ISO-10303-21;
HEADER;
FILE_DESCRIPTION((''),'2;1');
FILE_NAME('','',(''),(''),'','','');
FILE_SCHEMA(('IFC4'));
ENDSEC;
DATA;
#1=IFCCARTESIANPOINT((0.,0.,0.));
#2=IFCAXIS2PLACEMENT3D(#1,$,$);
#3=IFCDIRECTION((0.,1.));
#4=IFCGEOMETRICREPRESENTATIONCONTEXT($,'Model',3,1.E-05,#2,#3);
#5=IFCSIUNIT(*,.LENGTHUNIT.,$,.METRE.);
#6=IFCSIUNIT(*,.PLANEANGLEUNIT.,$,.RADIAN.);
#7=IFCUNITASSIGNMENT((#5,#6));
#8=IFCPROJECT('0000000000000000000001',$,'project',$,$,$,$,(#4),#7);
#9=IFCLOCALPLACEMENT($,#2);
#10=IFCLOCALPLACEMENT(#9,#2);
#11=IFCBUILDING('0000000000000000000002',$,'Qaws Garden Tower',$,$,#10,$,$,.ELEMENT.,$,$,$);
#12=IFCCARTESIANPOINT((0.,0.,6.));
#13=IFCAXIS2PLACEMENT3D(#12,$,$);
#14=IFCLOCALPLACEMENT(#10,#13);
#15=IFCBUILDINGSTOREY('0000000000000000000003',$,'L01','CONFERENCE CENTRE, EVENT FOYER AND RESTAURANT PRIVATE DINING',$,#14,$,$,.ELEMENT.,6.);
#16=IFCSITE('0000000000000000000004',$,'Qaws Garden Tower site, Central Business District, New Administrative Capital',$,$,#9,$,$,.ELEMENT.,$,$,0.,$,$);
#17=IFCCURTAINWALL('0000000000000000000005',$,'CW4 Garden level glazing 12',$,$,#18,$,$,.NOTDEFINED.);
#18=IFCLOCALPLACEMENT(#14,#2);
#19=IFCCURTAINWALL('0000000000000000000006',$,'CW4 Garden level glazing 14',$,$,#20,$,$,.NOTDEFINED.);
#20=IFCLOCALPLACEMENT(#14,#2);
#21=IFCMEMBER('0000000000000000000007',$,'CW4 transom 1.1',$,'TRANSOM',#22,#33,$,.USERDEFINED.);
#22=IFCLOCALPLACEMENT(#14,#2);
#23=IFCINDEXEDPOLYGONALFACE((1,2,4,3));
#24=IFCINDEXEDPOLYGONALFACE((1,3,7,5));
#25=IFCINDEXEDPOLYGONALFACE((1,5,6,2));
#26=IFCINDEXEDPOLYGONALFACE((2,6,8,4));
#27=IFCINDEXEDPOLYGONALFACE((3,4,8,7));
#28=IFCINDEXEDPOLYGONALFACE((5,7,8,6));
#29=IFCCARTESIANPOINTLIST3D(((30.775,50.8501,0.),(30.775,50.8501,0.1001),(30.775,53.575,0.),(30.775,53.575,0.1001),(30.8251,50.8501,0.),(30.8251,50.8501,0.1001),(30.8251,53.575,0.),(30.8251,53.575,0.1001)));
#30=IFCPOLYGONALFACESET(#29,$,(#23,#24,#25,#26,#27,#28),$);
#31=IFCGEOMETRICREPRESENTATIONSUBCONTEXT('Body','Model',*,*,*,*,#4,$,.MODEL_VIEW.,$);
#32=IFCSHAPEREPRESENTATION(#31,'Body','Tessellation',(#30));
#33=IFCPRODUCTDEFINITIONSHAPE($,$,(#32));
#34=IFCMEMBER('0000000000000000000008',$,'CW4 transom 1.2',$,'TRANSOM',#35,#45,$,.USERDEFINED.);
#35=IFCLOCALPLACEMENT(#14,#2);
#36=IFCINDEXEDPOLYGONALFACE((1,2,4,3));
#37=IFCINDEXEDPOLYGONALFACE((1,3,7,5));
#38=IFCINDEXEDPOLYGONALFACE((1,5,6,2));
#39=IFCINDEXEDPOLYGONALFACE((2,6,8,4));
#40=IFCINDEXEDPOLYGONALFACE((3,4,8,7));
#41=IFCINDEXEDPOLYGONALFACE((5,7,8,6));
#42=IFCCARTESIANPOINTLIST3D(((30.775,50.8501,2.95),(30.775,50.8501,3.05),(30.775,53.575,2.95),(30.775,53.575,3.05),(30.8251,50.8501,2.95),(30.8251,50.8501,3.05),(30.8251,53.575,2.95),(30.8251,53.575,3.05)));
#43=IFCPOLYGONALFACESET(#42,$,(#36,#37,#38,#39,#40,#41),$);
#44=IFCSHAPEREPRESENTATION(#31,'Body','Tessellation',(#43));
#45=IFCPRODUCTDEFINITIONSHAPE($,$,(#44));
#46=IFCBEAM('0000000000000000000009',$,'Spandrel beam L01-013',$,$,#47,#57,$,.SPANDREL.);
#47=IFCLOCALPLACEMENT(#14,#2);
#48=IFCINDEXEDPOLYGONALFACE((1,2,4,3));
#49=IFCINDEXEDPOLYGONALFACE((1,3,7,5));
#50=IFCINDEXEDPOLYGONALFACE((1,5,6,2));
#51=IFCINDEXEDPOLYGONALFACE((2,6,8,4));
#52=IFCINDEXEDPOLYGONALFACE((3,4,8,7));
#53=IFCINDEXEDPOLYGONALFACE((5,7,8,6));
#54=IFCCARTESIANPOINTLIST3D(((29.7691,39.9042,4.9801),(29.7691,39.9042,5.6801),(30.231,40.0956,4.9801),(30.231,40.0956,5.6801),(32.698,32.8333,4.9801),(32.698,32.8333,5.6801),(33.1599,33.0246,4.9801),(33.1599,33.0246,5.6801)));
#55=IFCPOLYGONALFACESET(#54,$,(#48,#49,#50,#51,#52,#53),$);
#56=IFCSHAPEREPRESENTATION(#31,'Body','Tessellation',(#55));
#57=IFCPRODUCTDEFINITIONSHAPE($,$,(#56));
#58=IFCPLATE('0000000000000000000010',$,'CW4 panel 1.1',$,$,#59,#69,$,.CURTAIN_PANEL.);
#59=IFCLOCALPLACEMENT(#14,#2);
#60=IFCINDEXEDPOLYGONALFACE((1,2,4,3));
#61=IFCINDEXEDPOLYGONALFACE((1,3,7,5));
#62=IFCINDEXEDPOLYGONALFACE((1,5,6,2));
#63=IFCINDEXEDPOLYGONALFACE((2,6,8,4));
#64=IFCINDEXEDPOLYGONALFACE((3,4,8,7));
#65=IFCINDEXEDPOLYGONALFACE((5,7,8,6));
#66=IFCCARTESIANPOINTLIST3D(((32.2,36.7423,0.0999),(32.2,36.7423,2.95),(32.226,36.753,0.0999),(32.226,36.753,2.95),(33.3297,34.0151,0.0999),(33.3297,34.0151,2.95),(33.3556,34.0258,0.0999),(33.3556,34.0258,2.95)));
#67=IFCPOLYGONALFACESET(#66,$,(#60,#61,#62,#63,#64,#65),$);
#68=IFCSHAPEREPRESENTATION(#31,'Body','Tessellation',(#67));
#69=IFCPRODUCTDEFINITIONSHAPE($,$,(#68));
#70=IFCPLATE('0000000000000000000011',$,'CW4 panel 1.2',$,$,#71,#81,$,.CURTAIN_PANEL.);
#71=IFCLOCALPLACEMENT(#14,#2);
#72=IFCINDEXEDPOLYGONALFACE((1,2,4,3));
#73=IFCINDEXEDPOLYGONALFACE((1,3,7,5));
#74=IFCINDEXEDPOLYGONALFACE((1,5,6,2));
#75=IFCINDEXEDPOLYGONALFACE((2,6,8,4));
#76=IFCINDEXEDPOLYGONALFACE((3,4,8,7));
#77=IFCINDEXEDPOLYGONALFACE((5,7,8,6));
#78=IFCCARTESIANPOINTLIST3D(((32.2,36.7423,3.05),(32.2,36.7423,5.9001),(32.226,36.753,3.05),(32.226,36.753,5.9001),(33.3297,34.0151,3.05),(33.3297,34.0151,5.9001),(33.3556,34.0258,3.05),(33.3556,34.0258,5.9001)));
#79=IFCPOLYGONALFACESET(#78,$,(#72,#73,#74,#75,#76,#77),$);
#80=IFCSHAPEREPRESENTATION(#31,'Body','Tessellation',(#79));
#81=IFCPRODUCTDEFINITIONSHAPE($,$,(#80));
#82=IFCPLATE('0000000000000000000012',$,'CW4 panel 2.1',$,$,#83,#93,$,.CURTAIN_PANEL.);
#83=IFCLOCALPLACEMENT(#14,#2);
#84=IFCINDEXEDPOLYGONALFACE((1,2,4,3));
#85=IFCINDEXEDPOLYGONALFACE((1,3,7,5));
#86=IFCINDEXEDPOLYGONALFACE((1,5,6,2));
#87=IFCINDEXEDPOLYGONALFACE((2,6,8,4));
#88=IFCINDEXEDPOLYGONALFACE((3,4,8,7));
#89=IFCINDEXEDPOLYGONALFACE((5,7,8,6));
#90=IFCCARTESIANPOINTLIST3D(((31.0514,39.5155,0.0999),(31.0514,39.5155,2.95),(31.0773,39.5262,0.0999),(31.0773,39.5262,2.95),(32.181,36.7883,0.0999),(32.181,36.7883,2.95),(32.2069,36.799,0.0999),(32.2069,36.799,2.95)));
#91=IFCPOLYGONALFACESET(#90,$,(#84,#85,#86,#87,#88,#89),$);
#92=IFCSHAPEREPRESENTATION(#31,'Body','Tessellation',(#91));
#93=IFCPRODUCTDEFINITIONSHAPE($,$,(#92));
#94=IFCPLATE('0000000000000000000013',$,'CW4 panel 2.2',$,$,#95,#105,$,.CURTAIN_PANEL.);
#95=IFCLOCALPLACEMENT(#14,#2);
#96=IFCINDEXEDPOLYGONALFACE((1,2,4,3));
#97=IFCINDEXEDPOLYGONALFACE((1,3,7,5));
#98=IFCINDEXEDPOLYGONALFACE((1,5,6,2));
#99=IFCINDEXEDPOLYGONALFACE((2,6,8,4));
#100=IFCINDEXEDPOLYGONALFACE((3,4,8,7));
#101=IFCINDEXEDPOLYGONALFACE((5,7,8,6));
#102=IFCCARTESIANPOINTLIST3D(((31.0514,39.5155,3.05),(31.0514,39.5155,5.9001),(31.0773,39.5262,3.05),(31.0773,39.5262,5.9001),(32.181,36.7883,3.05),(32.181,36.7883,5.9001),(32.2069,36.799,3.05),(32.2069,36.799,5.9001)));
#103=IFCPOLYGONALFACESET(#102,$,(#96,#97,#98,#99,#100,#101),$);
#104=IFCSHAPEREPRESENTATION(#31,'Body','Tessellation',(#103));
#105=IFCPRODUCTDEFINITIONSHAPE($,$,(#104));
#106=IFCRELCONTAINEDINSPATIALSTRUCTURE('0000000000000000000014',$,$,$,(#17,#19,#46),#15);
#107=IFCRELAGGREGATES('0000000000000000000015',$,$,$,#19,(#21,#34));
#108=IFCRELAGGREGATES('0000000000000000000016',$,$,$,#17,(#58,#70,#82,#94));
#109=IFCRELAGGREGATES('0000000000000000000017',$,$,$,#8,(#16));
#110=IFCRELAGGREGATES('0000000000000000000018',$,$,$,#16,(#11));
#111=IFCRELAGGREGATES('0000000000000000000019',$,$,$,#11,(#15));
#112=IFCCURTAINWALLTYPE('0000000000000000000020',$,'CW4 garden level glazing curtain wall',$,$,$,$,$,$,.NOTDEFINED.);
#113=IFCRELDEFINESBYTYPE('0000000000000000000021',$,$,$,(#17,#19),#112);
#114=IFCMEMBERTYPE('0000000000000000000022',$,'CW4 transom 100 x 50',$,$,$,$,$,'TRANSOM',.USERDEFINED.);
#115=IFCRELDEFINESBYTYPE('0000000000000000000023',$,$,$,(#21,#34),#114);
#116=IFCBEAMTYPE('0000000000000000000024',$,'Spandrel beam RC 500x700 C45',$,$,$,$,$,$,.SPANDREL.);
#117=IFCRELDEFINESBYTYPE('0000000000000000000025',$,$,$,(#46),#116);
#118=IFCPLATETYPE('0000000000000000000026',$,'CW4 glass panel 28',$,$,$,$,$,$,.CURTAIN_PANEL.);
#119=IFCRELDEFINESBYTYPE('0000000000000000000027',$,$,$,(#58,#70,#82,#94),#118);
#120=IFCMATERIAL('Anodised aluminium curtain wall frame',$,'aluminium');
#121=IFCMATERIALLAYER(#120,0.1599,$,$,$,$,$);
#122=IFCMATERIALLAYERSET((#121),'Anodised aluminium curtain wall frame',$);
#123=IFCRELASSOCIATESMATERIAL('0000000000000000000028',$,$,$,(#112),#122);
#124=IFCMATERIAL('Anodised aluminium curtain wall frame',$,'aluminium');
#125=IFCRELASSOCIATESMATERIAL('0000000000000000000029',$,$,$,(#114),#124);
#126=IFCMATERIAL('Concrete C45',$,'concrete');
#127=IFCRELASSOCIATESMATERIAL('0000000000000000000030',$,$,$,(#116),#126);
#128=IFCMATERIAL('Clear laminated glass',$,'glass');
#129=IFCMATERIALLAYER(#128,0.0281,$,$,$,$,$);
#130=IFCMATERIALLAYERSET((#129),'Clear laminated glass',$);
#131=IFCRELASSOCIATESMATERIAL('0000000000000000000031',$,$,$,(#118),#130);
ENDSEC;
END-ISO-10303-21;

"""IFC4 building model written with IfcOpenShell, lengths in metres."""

from ifc_helpers import new_model, si_unit, direction, frame, origin, origin_2d, place, context, subcontext, project, spatial, rectangle, extrude, material, layer, layer_set, material_profile, profile_set, type_object, element, aggregate, save


model = new_model("IFC4")

# Units and contexts
model_context = context("Model", 3, precision=1e-05, world=origin(), true_north=direction((0.0, 1.0)))
body_context = subcontext(model_context, "Body", "Model", "MODEL_VIEW")
ifc_project = project(units=[si_unit("LENGTHUNIT", "METRE"), si_unit("PLANEANGLEUNIT", "RADIAN")], contexts=[model_context])

# Site, building, storey
site_placement = place(None, origin())
site = spatial("IfcSite", under=ifc_project, at=site_placement, Name="Qaws Garden Tower site, Central Business District, New Administrative Capital", CompositionType="ELEMENT", RefElevation=0.0)
building_placement = place(site_placement, origin())
building = spatial("IfcBuilding", under=site, at=building_placement, Name="Qaws Garden Tower", CompositionType="ELEMENT")
storey_placement = place(building_placement, frame((0.0, 0.0, 6.0)))
storey = spatial("IfcBuildingStorey", under=building, at=storey_placement, Name="L01", Description="CONFERENCE CENTRE, EVENT FOYER AND RESTAURANT PRIVATE DINING", CompositionType="ELEMENT", Elevation=6.0)

# Curtain wall
ifc_material_1 = material(Name="Anodised aluminium curtain wall frame", Category="aluminium")
ifc_layer_1 = layer(ifc_material_1, 0.1599)
ifc_layer_set_1 = layer_set([ifc_layer_1], Name="Anodised aluminium curtain wall frame")
curtain_wall_type = type_object("IfcCurtainWallType", Name="CW4 garden level glazing curtain wall", PredefinedType="NOTDEFINED", material=ifc_layer_set_1)
placement = place(storey_placement, origin())
curtain_wall_1 = element("IfcCurtainWall", 1, at=placement, inside=storey, type_object=curtain_wall_type, Name="CW4 Garden level glazing 12", PredefinedType="NOTDEFINED")

# Curtain wall
curtain_wall_2 = element("IfcCurtainWall", 2, at=placement, inside=storey, type_object=curtain_wall_type, Name="CW4 Garden level glazing 14", PredefinedType="NOTDEFINED")

# Members
ifc_material_2 = material(Name="Anodised aluminium curtain wall frame", Category="aluminium")
ifc_material_profile_1 = material_profile(ifc_material_2, rectangle(XDim=0.05, YDim=0.1001, at=origin_2d()), Name="AL 50x100")
ifc_profile_set_1 = profile_set([ifc_material_profile_1], Name="Anodised aluminium curtain wall frame")
member_type_1 = type_object("IfcMemberType", Name="CW4 transom 100 x 50", ElementType="TRANSOM", PredefinedType="USERDEFINED", material=ifc_profile_set_1)
member_1_placement = place(storey_placement, frame((30.8, 50.8501, 0.05), z_axis=(0.0, 1.0, 0.0), x_axis=(-1.0, 0.0, 0.0)))
member_1 = element("IfcMember", 3, at=member_1_placement, type_object=member_type_1, Name="CW4 transom 1.1", ObjectType="TRANSOM", PredefinedType="USERDEFINED", context=body_context, shape_type="SweptSolid", body=[
    extrude(rectangle(XDim=0.05, YDim=0.1001, at=origin_2d()), origin(), (0.0, 0.0, 1.0), 2.7249),
])
member_2_placement = place(storey_placement, frame((30.8, 50.8501, 3.0), z_axis=(0.0, 1.0, 0.0), x_axis=(-1.0, 0.0, 0.0)))
member_2 = element("IfcMember", 4, at=member_2_placement, type_object=member_type_1, Name="CW4 transom 1.2", ObjectType="TRANSOM", PredefinedType="USERDEFINED", context=body_context, shape_type="SweptSolid", body=[
    extrude(rectangle(XDim=0.05, YDim=0.1001, at=origin_2d()), origin(), (0.0, 0.0, 1.0), 2.7249),
])
aggregate(curtain_wall_2, [member_1, member_2])

# Beam
ifc_material_3 = material(Name="Concrete C45", Category="concrete")
ifc_material_profile_2 = material_profile(ifc_material_3, rectangle(XDim=0.5, YDim=0.7, at=origin_2d()), Name="RC 500x700")
ifc_profile_set_2 = profile_set([ifc_material_profile_2], Name="Concrete C45")
beam_type = type_object("IfcBeamType", Name="Spandrel beam RC 500x700 C45", PredefinedType="SPANDREL", material=ifc_profile_set_2)
beam_placement = place(storey_placement, frame((32.929, 32.929, 5.3301), z_axis=(-0.382687, 0.923878, 0.0), x_axis=(-0.923878, -0.382687, 0.0)))
element("IfcBeam", 5, at=beam_placement, inside=storey, type_object=beam_type, Name="Spandrel beam L01-013", PredefinedType="SPANDREL", context=body_context, shape_type="SweptSolid", body=[
    extrude(rectangle(XDim=0.5, YDim=0.7, at=origin_2d()), origin(), (0.0, 0.0, 1.0), 7.6536),
])

# Plates
ifc_material_4 = material(Name="Clear laminated glass", Category="glass")
ifc_layer_2 = layer(ifc_material_4, 0.0281)
ifc_layer_set_2 = layer_set([ifc_layer_2], Name="Clear laminated glass")
plate_type = type_object("IfcPlateType", Name="CW4 glass panel 28", PredefinedType="CURTAIN_PANEL", material=ifc_layer_set_2)
plate_1_placement = place(storey_placement, frame((32.7778, 35.384, 0.0999), z_axis=(0.0, 0.0, 1.0), x_axis=(-0.382683, 0.92388, 0.0)))
plate_1 = element("IfcPlate", 6, at=plate_1_placement, type_object=plate_type, Name="CW4 panel 1.1", PredefinedType="CURTAIN_PANEL", context=body_context, shape_type="SweptSolid", body=[
    extrude(rectangle(XDim=2.9519, YDim=0.0281, at=origin_2d()), origin(), (0.0, 0.0, 1.0), 2.8501),
])
plate_2_placement = place(storey_placement, frame((32.7778, 35.384, 3.05), z_axis=(0.0, 0.0, 1.0), x_axis=(-0.382683, 0.92388, 0.0)))
plate_2 = element("IfcPlate", 7, at=plate_2_placement, type_object=plate_type, Name="CW4 panel 1.2", PredefinedType="CURTAIN_PANEL", context=body_context, shape_type="SweptSolid", body=[
    extrude(rectangle(XDim=2.9519, YDim=0.0281, at=origin_2d()), origin(), (0.0, 0.0, 1.0), 2.8501),
])
plate_3_placement = place(storey_placement, frame((31.6292, 38.1572, 0.0999), z_axis=(0.0, 0.0, 1.0), x_axis=(-0.382683, 0.92388, 0.0)))
plate_3 = element("IfcPlate", 8, at=plate_3_placement, type_object=plate_type, Name="CW4 panel 2.1", PredefinedType="CURTAIN_PANEL", context=body_context, shape_type="SweptSolid", body=[
    extrude(rectangle(XDim=2.9519, YDim=0.0281, at=origin_2d()), origin(), (0.0, 0.0, 1.0), 2.8501),
])
plate_4_placement = place(storey_placement, frame((31.6292, 38.1572, 3.05), z_axis=(0.0, 0.0, 1.0), x_axis=(-0.382683, 0.92388, 0.0)))
plate_4 = element("IfcPlate", 9, at=plate_4_placement, type_object=plate_type, Name="CW4 panel 2.2", PredefinedType="CURTAIN_PANEL", context=body_context, shape_type="SweptSolid", body=[
    extrude(rectangle(XDim=2.9519, YDim=0.0281, at=origin_2d()), origin(), (0.0, 0.0, 1.0), 2.8501),
])
aggregate(curtain_wall_1, [plate_1, plate_2, plate_3, plate_4])

save(model, "model.ifc")
